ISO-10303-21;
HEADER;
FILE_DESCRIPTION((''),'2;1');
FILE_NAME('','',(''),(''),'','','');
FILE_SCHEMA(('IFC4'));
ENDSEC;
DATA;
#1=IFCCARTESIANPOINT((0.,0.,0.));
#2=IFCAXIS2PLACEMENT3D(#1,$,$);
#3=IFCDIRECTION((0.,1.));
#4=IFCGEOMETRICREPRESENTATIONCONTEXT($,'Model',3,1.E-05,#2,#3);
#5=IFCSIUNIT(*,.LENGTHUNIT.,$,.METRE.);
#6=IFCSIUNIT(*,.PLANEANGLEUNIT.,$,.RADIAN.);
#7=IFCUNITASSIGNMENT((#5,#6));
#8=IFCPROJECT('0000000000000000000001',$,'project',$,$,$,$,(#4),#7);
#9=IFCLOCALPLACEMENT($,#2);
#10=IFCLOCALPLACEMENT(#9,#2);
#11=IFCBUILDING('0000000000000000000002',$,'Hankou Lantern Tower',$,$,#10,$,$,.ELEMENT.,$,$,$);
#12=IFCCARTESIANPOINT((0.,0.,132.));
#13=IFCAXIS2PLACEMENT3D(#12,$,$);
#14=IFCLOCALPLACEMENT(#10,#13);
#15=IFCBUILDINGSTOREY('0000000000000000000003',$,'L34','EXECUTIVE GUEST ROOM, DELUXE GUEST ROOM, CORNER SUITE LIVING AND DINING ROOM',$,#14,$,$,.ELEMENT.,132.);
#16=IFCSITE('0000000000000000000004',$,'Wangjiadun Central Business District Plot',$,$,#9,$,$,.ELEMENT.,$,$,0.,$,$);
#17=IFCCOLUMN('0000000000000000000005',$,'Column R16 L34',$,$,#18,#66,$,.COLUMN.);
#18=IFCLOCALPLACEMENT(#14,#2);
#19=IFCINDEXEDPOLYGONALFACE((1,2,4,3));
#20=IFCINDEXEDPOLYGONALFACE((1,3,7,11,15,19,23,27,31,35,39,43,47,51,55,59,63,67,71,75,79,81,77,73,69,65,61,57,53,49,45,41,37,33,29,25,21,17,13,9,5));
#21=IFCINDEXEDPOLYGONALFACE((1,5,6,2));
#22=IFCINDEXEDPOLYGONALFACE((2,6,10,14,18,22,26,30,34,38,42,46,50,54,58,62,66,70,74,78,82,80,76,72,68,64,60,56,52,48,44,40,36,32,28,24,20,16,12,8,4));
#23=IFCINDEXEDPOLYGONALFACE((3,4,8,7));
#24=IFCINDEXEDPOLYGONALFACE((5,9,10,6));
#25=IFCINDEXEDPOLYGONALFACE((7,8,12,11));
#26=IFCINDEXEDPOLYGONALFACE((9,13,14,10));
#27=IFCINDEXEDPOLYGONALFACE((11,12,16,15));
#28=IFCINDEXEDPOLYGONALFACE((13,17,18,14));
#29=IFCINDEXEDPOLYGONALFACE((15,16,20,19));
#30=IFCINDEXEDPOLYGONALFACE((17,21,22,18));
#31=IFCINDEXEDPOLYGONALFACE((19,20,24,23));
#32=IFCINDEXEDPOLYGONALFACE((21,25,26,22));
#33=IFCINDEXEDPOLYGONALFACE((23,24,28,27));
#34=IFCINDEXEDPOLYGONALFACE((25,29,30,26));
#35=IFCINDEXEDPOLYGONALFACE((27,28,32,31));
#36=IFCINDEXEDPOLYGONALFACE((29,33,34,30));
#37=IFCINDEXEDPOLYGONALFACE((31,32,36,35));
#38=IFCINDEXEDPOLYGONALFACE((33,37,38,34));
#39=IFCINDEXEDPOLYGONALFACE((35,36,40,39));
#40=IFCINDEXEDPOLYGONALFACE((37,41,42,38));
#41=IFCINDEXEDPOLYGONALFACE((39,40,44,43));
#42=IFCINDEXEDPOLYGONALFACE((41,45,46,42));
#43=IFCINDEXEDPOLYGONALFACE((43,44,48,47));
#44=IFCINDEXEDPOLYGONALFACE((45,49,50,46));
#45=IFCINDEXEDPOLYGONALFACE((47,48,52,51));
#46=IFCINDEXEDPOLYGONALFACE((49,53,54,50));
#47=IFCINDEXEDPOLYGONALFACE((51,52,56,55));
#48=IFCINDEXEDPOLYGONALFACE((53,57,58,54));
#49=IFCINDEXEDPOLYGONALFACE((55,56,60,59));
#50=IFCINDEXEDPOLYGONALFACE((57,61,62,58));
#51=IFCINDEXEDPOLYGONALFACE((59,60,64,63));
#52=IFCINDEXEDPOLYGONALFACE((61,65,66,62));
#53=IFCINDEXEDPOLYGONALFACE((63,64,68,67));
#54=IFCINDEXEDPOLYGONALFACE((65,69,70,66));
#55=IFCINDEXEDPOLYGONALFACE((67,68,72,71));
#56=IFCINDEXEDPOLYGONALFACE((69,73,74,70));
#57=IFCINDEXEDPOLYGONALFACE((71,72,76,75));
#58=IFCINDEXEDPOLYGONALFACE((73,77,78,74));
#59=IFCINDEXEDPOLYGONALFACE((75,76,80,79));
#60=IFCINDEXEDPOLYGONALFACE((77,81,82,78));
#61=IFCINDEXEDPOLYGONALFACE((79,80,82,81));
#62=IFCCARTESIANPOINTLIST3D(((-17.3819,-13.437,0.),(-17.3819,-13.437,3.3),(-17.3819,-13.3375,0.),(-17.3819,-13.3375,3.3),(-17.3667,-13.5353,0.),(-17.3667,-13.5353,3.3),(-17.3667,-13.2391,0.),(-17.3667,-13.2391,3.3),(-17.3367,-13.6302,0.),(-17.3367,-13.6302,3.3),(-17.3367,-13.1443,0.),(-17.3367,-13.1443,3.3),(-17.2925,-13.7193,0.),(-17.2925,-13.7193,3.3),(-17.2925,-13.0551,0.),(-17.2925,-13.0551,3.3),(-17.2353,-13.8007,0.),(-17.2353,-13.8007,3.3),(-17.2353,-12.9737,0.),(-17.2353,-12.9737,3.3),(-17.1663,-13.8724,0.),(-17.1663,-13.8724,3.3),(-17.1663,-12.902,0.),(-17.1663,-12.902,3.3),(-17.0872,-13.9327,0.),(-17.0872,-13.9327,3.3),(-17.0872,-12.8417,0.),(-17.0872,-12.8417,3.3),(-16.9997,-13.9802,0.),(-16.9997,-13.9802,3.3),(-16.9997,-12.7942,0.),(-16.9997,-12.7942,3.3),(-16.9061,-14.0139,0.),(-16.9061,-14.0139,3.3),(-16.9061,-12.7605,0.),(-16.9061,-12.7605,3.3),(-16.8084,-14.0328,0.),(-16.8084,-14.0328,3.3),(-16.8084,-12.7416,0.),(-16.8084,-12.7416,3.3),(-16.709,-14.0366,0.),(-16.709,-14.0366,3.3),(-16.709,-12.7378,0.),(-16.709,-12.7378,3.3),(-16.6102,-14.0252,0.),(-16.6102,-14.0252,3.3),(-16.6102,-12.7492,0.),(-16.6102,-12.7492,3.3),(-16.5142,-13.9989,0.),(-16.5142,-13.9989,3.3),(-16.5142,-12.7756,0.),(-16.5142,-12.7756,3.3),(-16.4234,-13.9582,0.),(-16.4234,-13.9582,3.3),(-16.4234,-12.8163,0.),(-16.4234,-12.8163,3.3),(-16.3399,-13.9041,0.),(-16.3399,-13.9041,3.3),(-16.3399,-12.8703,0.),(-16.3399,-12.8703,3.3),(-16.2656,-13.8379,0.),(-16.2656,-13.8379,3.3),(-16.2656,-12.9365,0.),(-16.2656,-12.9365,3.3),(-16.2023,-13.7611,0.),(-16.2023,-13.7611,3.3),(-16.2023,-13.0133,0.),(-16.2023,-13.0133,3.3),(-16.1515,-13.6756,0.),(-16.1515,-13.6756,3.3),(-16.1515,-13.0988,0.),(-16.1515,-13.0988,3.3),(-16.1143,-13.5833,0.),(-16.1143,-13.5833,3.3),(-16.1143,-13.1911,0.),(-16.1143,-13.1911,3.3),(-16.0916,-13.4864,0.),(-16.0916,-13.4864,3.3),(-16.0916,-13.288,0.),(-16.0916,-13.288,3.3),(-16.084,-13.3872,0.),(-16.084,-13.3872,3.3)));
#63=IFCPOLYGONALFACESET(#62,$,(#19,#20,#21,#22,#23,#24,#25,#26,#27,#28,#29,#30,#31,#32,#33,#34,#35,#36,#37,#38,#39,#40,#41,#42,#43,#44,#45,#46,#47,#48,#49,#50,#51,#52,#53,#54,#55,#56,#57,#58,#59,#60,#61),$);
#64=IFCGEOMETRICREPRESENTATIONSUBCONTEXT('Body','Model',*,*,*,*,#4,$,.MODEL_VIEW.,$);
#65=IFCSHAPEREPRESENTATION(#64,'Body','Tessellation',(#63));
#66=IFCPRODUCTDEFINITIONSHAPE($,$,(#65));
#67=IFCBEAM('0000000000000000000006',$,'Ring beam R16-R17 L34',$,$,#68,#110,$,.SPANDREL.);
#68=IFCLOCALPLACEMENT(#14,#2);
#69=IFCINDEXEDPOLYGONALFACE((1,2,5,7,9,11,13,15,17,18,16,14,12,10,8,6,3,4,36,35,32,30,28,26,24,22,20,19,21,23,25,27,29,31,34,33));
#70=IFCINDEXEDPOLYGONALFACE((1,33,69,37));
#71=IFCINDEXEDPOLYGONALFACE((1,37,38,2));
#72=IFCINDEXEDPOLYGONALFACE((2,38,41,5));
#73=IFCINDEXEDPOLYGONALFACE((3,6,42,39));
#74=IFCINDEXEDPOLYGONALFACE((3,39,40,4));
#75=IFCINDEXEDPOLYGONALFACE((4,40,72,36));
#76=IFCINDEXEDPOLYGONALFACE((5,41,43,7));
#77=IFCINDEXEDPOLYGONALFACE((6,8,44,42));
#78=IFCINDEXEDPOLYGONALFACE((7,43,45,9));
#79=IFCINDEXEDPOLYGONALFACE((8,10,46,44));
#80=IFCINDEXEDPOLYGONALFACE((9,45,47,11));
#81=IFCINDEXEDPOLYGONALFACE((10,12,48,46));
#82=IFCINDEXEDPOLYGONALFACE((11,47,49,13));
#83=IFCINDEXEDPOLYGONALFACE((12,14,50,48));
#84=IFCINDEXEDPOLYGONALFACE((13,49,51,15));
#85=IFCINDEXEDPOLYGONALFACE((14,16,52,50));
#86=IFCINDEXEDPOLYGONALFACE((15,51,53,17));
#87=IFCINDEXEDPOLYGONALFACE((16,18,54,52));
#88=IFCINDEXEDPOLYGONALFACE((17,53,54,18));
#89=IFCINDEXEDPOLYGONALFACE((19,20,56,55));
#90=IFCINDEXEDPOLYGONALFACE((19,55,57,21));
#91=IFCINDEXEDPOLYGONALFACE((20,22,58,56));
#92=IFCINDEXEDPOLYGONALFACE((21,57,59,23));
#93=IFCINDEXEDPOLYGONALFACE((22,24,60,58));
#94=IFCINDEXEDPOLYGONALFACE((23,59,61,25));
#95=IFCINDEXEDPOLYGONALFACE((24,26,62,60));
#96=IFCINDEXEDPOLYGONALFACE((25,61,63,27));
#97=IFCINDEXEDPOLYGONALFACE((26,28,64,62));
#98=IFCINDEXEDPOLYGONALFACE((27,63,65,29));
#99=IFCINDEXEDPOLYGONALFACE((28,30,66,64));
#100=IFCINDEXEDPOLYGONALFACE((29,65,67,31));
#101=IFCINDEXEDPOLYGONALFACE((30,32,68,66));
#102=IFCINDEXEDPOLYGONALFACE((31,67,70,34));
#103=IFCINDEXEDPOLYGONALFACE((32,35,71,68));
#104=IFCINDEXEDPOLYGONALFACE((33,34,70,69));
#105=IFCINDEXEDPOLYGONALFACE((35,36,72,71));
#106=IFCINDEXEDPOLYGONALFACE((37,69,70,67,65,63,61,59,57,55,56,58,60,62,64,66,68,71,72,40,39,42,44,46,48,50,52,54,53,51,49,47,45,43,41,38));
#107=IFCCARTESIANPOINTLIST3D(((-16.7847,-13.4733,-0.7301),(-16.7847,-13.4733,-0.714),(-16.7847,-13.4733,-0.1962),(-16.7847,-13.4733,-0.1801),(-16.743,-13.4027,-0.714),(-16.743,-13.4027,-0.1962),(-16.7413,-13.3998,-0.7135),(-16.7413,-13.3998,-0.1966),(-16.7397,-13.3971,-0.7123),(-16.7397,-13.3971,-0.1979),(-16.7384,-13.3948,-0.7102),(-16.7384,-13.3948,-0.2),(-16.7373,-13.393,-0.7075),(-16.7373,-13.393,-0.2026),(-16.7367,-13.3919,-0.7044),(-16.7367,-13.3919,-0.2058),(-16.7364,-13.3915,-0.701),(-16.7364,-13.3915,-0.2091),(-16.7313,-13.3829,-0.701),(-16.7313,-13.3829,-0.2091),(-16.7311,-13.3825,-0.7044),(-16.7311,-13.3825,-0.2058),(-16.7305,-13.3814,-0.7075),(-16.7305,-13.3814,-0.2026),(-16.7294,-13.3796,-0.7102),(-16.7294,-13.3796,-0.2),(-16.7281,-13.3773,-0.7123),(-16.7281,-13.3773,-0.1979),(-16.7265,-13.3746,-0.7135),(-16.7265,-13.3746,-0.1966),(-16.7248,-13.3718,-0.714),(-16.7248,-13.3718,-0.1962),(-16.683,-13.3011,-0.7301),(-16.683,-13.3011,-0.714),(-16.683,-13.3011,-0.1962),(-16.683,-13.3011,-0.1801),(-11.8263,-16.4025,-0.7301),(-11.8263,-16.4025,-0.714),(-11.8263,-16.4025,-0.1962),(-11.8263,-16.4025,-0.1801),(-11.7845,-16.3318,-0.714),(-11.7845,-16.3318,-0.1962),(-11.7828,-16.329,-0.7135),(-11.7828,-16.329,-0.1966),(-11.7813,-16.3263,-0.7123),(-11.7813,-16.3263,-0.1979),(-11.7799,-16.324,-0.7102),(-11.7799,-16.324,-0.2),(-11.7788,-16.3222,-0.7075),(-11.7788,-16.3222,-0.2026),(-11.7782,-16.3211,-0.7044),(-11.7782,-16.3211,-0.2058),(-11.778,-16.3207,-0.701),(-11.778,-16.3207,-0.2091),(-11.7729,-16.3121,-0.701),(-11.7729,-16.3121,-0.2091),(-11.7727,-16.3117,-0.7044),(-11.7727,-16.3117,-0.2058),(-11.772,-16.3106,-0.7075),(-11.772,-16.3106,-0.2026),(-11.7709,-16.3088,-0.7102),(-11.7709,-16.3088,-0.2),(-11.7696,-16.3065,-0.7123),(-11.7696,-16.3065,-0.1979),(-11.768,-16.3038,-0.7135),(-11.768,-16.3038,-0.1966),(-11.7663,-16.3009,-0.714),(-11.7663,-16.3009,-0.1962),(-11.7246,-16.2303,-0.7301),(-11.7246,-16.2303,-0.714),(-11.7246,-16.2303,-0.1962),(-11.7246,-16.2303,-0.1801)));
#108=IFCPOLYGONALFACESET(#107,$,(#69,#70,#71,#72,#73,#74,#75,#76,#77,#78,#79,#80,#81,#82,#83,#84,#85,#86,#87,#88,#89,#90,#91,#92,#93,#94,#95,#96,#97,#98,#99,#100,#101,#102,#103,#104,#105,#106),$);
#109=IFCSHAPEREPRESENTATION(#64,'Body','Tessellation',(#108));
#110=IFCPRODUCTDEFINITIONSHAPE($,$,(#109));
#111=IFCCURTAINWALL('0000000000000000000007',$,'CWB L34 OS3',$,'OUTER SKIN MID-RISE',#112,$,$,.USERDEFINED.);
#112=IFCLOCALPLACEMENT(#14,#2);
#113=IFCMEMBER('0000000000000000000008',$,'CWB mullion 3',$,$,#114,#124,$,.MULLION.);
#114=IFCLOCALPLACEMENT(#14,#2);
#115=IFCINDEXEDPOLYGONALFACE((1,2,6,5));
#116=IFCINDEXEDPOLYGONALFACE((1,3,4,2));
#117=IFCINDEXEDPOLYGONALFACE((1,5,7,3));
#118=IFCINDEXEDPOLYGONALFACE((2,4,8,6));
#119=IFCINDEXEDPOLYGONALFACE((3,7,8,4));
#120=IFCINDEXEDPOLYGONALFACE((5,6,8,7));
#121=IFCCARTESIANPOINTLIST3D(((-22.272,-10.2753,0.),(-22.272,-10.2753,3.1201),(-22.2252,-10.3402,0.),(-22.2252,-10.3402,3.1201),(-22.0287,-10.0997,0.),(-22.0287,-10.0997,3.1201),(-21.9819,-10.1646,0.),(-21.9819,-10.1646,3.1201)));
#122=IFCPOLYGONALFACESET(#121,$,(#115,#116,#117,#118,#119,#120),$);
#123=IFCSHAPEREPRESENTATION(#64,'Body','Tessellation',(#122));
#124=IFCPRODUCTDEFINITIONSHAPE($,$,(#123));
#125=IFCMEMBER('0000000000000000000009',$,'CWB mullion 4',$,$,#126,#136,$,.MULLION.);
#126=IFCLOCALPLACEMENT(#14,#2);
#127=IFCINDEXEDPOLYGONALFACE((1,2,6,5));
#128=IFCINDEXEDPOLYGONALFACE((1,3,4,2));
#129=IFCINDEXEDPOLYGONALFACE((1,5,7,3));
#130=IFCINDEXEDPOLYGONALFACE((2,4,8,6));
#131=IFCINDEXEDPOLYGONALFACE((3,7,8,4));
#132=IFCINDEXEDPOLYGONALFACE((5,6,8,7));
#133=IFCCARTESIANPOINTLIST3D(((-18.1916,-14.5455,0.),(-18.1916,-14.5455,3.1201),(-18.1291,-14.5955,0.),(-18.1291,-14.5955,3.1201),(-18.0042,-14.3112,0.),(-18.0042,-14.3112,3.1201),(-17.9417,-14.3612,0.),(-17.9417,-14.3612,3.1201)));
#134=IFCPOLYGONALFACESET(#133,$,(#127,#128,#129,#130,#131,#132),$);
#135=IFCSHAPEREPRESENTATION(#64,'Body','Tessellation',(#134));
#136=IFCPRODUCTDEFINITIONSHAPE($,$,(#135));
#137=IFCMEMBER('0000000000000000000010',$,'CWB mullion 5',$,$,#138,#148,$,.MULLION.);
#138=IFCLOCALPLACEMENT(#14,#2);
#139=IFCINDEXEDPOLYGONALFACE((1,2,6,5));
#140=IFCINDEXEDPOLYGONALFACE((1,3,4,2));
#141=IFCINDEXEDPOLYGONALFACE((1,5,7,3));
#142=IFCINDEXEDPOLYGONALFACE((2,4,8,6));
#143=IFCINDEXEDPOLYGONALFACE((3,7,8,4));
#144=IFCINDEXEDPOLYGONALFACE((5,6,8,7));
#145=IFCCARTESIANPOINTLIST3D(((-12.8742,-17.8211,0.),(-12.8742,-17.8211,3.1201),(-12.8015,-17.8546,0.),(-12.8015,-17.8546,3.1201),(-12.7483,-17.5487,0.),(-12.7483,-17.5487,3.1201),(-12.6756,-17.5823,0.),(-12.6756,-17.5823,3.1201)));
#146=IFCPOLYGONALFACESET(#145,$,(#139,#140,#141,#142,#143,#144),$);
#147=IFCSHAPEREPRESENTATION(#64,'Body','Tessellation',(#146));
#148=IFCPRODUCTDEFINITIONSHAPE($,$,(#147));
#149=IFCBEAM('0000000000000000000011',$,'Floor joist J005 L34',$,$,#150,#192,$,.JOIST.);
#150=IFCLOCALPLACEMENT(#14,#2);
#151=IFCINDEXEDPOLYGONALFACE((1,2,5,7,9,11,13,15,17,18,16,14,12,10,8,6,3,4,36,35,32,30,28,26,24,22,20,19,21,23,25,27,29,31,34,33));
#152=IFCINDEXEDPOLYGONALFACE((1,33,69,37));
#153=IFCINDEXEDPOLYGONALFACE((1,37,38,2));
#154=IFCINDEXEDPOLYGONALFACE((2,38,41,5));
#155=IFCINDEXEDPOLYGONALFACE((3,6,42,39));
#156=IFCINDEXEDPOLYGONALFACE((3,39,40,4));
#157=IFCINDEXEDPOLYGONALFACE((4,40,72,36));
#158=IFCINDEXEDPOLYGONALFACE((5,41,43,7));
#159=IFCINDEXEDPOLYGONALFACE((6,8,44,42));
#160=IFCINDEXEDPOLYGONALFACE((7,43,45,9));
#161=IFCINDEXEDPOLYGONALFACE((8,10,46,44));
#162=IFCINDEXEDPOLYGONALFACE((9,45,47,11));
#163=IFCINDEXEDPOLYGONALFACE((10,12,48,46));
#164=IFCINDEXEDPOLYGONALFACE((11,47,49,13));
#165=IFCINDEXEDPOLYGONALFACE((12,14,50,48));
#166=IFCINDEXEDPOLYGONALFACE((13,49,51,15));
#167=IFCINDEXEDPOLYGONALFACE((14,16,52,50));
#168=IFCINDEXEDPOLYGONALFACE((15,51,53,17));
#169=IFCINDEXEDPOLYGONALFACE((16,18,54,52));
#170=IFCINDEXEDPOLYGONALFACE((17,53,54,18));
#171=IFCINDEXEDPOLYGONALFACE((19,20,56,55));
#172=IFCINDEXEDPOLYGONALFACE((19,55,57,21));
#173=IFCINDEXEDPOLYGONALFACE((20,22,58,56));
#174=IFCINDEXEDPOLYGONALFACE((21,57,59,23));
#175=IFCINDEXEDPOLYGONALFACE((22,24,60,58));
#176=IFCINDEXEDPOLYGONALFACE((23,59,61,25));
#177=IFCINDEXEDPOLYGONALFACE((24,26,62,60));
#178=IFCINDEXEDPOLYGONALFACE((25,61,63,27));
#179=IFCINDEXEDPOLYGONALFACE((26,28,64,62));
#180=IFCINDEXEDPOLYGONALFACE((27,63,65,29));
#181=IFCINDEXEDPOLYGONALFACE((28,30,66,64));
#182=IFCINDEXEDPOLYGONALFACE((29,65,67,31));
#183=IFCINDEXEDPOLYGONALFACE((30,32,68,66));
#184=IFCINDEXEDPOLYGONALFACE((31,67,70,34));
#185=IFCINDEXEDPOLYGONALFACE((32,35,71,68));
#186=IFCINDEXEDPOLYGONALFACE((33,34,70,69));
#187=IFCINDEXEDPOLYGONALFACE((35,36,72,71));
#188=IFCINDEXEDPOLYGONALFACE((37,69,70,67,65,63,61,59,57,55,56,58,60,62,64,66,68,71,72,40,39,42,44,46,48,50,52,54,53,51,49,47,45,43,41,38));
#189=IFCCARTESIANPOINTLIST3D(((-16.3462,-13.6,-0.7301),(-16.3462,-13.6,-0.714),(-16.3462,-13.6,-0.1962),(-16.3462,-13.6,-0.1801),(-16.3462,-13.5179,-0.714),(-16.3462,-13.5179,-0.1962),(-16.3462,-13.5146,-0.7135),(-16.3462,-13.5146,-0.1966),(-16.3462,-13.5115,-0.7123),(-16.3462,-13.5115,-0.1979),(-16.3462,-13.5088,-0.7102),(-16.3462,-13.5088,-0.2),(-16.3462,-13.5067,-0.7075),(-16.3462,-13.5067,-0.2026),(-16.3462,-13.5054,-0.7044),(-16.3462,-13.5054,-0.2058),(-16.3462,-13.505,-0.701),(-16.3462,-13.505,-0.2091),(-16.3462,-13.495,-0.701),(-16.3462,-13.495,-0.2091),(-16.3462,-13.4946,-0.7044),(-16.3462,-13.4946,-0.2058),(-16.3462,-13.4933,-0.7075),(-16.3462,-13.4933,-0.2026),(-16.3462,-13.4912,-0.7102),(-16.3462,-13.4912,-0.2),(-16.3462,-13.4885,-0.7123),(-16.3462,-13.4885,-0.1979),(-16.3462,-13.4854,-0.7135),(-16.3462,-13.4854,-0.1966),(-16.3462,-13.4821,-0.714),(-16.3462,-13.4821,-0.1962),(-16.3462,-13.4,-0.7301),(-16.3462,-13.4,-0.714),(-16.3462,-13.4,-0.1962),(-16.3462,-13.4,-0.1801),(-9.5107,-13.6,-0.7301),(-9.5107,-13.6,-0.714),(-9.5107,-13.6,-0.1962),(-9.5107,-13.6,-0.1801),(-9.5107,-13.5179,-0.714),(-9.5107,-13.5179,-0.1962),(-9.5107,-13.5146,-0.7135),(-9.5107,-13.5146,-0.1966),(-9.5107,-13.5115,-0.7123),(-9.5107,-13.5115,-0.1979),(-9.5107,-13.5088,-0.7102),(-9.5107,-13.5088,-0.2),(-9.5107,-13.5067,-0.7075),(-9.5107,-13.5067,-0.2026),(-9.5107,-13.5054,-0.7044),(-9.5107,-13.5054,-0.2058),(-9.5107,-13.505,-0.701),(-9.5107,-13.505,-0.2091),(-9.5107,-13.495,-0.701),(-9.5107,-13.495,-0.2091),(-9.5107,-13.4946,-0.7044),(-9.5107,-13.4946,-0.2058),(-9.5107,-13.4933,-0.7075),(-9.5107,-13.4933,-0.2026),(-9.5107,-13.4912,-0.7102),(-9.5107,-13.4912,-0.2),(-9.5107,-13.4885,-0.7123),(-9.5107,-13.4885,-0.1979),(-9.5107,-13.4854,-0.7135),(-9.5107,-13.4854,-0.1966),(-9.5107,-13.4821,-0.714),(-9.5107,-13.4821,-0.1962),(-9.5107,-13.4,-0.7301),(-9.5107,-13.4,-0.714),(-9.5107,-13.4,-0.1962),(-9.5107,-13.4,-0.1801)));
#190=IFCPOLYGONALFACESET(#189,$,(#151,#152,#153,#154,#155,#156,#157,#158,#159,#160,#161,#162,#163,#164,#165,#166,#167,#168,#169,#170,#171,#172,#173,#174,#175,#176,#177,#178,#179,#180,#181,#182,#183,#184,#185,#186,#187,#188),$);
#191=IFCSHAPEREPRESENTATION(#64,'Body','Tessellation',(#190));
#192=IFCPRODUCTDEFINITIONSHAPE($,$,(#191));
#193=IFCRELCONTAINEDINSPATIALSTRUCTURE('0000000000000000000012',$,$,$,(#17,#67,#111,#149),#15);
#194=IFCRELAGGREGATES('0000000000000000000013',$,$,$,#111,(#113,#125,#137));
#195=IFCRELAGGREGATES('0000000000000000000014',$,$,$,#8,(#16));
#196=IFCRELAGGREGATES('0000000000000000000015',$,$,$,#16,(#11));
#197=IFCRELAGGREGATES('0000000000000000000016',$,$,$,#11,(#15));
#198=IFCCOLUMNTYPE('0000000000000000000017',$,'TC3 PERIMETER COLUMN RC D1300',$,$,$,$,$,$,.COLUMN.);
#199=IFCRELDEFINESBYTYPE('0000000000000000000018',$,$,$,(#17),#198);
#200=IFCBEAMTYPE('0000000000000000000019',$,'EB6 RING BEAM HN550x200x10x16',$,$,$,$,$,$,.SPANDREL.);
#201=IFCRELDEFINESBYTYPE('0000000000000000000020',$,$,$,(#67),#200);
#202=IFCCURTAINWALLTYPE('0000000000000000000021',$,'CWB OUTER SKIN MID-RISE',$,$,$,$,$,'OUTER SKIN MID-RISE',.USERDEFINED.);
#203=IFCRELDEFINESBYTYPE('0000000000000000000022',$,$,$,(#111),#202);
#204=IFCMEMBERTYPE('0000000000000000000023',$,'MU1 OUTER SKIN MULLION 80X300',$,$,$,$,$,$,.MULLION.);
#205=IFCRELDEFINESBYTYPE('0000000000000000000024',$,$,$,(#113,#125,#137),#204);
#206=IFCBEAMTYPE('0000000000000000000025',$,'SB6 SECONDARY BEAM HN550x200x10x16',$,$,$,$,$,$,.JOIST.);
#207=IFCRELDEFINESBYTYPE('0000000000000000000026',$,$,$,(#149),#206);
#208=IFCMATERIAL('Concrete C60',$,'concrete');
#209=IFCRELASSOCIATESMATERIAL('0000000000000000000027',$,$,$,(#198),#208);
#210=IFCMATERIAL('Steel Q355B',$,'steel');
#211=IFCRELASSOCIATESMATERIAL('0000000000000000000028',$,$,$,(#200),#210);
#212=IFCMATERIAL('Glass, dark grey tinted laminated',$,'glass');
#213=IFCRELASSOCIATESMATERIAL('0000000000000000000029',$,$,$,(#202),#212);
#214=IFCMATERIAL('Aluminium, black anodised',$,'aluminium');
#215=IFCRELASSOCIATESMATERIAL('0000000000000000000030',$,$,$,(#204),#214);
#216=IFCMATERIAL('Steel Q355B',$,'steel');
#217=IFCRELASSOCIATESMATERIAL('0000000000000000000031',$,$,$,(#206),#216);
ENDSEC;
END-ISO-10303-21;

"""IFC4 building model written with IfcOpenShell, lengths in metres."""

from ifc_helpers import new_model, si_unit, direction, frame, origin, origin_2d, place, context, subcontext, project, spatial, rectangle, circle, i_section, extrude, material, material_profile, profile_set, type_object, element, aggregate, save


model = new_model("IFC4")

# Units and contexts
model_context = context("Model", 3, precision=1e-05, world=origin(), true_north=direction((0.0, 1.0)))
body_context = subcontext(model_context, "Body", "Model", "MODEL_VIEW")
ifc_project = project(units=[si_unit("LENGTHUNIT", "METRE"), si_unit("PLANEANGLEUNIT", "RADIAN")], contexts=[model_context])

# Site, building, storey
site_placement = place(None, origin())
site = spatial("IfcSite", under=ifc_project, at=site_placement, Name="Wangjiadun Central Business District Plot", CompositionType="ELEMENT", RefElevation=0.0)
building_placement = place(site_placement, origin())
building = spatial("IfcBuilding", under=site, at=building_placement, Name="Hankou Lantern Tower", CompositionType="ELEMENT")
storey_placement = place(building_placement, frame((0.0, 0.0, 132.0)))
storey = spatial("IfcBuildingStorey", under=building, at=storey_placement, Name="L34", Description="EXECUTIVE GUEST ROOM, DELUXE GUEST ROOM, CORNER SUITE LIVING AND DINING ROOM", CompositionType="ELEMENT", Elevation=132.0)

# Column
ifc_material_1 = material(Name="Concrete C60", Category="concrete")
ifc_material_profile_1 = material_profile(ifc_material_1, circle(Radius=0.6499, at=origin_2d()), Name="RC D1300")
ifc_profile_set_1 = profile_set([ifc_material_profile_1], Name="Concrete C60")
column_type = type_object("IfcColumnType", Name="TC3 PERIMETER COLUMN RC D1300", PredefinedType="COLUMN", material=ifc_profile_set_1)
column_placement = place(storey_placement, frame((-16.7339, -13.3872, 0.0), z_axis=(0.0, 0.0, 1.0), x_axis=(1.0, 0.0, 0.0)))
element("IfcColumn", 1, at=column_placement, inside=storey, type_object=column_type, Name="Column R16 L34", PredefinedType="COLUMN", context=body_context, shape_type="SweptSolid", body=[
    extrude(circle(Radius=0.6499, at=origin_2d()), origin(), (0.0, 0.0, 1.0), 3.3),
])

# Beam
ifc_material_2 = material(Name="Steel Q355B", Category="steel")
ifc_material_profile_2 = material_profile(ifc_material_2, i_section(OverallWidth=0.2, OverallDepth=0.55, WebThickness=0.01, FlangeThickness=0.0161, FilletRadius=0.0129, at=origin_2d()), Name="HN550x200x10x16")
ifc_profile_set_2 = profile_set([ifc_material_profile_2], Name="Steel Q355B")
beam_type_1 = type_object("IfcBeamType", Name="EB6 RING BEAM HN550x200x10x16", PredefinedType="SPANDREL", material=ifc_profile_set_2)
beam_1_placement = place(storey_placement, frame((-16.7339, -13.3872, -0.4551), z_axis=(0.860989, -0.508624, 0.0), x_axis=(0.508624, 0.860989, 0.0)))
element("IfcBeam", 2, at=beam_1_placement, inside=storey, type_object=beam_type_1, Name="Ring beam R16-R17 L34", PredefinedType="SPANDREL", context=body_context, shape_type="SweptSolid", body=[
    extrude(i_section(OverallWidth=0.2, OverallDepth=0.55, WebThickness=0.01, FlangeThickness=0.0161, FilletRadius=0.0129, at=origin_2d()), origin(), (0.0, 0.0, 1.0), 5.759),
])

# Curtain wall, members
ifc_material_3 = material(Name="Glass, dark grey tinted laminated", Category="glass")
curtain_wall_type = type_object("IfcCurtainWallType", Name="CWB OUTER SKIN MID-RISE", ElementType="OUTER SKIN MID-RISE", PredefinedType="USERDEFINED", material=ifc_material_3)
curtain_wall_placement = place(storey_placement, origin())
curtain_wall = element("IfcCurtainWall", 3, at=curtain_wall_placement, inside=storey, type_object=curtain_wall_type, Name="CWB L34 OS3", ObjectType="OUTER SKIN MID-RISE", PredefinedType="USERDEFINED")
ifc_material_4 = material(Name="Aluminium, black anodised", Category="aluminium")
ifc_material_profile_3 = material_profile(ifc_material_4, rectangle(XDim=0.0801, YDim=0.3, at=origin_2d()), Name="MU1 80X300")
ifc_profile_set_3 = profile_set([ifc_material_profile_3], Name="Aluminium, black anodised")
member_type_1 = type_object("IfcMemberType", Name="MU1 OUTER SKIN MULLION 80X300", PredefinedType="MULLION", material=ifc_profile_set_3)
member_1_placement = place(storey_placement, frame((-22.127, -10.22, 0.0), z_axis=(0.0, 0.0, 1.0), x_axis=(0.585206, -0.810885, 0.0)))
member_1 = element("IfcMember", 4, at=member_1_placement, type_object=member_type_1, Name="CWB mullion 3", PredefinedType="MULLION", context=body_context, shape_type="SweptSolid", body=[
    extrude(rectangle(XDim=0.0801, YDim=0.3, at=origin_2d()), origin(), (0.0, 0.0, 1.0), 3.1201),
])
member_2_placement = place(storey_placement, frame((-18.0667, -14.4534, 0.0), z_axis=(0.0, 0.0, 1.0), x_axis=(0.780869, -0.624695, 0.0)))
member_2 = element("IfcMember", 5, at=member_2_placement, type_object=member_type_1, Name="CWB mullion 4", PredefinedType="MULLION", context=body_context, shape_type="SweptSolid", body=[
    extrude(rectangle(XDim=0.0801, YDim=0.3, at=origin_2d()), origin(), (0.0, 0.0, 1.0), 3.1201),
])
member_3_placement = place(storey_placement, frame((-12.7749, -17.7017, 0.0), z_axis=(0.0, 0.0, 1.0), x_axis=(0.907841, -0.419314, 0.0)))
member_3 = element("IfcMember", 6, at=member_3_placement, type_object=member_type_1, Name="CWB mullion 5", PredefinedType="MULLION", context=body_context, shape_type="SweptSolid", body=[
    extrude(rectangle(XDim=0.0801, YDim=0.3, at=origin_2d()), origin(), (0.0, 0.0, 1.0), 3.1201),
])

# Beam
ifc_material_5 = material(Name="Steel Q355B", Category="steel")
ifc_material_profile_4 = material_profile(ifc_material_5, i_section(OverallWidth=0.2, OverallDepth=0.55, WebThickness=0.01, FlangeThickness=0.0161, FilletRadius=0.0129, at=origin_2d()), Name="HN550x200x10x16")
ifc_profile_set_4 = profile_set([ifc_material_profile_4], Name="Steel Q355B")
beam_type_2 = type_object("IfcBeamType", Name="SB6 SECONDARY BEAM HN550x200x10x16", PredefinedType="JOIST", material=ifc_profile_set_4)
beam_2_placement = place(storey_placement, frame((-16.3462, -13.5, -0.4551), z_axis=(1.0, 0.0, 0.0), x_axis=(0.0, 1.0, 0.0)))
element("IfcBeam", 7, at=beam_2_placement, inside=storey, type_object=beam_type_2, Name="Floor joist J005 L34", PredefinedType="JOIST", context=body_context, shape_type="SweptSolid", body=[
    extrude(i_section(OverallWidth=0.2, OverallDepth=0.55, WebThickness=0.01, FlangeThickness=0.0161, FilletRadius=0.0129, at=origin_2d()), origin(), (0.0, 0.0, 1.0), 6.8354),
])

aggregate(curtain_wall, [member_1, member_2, member_3])

save(model, "model.ifc")
